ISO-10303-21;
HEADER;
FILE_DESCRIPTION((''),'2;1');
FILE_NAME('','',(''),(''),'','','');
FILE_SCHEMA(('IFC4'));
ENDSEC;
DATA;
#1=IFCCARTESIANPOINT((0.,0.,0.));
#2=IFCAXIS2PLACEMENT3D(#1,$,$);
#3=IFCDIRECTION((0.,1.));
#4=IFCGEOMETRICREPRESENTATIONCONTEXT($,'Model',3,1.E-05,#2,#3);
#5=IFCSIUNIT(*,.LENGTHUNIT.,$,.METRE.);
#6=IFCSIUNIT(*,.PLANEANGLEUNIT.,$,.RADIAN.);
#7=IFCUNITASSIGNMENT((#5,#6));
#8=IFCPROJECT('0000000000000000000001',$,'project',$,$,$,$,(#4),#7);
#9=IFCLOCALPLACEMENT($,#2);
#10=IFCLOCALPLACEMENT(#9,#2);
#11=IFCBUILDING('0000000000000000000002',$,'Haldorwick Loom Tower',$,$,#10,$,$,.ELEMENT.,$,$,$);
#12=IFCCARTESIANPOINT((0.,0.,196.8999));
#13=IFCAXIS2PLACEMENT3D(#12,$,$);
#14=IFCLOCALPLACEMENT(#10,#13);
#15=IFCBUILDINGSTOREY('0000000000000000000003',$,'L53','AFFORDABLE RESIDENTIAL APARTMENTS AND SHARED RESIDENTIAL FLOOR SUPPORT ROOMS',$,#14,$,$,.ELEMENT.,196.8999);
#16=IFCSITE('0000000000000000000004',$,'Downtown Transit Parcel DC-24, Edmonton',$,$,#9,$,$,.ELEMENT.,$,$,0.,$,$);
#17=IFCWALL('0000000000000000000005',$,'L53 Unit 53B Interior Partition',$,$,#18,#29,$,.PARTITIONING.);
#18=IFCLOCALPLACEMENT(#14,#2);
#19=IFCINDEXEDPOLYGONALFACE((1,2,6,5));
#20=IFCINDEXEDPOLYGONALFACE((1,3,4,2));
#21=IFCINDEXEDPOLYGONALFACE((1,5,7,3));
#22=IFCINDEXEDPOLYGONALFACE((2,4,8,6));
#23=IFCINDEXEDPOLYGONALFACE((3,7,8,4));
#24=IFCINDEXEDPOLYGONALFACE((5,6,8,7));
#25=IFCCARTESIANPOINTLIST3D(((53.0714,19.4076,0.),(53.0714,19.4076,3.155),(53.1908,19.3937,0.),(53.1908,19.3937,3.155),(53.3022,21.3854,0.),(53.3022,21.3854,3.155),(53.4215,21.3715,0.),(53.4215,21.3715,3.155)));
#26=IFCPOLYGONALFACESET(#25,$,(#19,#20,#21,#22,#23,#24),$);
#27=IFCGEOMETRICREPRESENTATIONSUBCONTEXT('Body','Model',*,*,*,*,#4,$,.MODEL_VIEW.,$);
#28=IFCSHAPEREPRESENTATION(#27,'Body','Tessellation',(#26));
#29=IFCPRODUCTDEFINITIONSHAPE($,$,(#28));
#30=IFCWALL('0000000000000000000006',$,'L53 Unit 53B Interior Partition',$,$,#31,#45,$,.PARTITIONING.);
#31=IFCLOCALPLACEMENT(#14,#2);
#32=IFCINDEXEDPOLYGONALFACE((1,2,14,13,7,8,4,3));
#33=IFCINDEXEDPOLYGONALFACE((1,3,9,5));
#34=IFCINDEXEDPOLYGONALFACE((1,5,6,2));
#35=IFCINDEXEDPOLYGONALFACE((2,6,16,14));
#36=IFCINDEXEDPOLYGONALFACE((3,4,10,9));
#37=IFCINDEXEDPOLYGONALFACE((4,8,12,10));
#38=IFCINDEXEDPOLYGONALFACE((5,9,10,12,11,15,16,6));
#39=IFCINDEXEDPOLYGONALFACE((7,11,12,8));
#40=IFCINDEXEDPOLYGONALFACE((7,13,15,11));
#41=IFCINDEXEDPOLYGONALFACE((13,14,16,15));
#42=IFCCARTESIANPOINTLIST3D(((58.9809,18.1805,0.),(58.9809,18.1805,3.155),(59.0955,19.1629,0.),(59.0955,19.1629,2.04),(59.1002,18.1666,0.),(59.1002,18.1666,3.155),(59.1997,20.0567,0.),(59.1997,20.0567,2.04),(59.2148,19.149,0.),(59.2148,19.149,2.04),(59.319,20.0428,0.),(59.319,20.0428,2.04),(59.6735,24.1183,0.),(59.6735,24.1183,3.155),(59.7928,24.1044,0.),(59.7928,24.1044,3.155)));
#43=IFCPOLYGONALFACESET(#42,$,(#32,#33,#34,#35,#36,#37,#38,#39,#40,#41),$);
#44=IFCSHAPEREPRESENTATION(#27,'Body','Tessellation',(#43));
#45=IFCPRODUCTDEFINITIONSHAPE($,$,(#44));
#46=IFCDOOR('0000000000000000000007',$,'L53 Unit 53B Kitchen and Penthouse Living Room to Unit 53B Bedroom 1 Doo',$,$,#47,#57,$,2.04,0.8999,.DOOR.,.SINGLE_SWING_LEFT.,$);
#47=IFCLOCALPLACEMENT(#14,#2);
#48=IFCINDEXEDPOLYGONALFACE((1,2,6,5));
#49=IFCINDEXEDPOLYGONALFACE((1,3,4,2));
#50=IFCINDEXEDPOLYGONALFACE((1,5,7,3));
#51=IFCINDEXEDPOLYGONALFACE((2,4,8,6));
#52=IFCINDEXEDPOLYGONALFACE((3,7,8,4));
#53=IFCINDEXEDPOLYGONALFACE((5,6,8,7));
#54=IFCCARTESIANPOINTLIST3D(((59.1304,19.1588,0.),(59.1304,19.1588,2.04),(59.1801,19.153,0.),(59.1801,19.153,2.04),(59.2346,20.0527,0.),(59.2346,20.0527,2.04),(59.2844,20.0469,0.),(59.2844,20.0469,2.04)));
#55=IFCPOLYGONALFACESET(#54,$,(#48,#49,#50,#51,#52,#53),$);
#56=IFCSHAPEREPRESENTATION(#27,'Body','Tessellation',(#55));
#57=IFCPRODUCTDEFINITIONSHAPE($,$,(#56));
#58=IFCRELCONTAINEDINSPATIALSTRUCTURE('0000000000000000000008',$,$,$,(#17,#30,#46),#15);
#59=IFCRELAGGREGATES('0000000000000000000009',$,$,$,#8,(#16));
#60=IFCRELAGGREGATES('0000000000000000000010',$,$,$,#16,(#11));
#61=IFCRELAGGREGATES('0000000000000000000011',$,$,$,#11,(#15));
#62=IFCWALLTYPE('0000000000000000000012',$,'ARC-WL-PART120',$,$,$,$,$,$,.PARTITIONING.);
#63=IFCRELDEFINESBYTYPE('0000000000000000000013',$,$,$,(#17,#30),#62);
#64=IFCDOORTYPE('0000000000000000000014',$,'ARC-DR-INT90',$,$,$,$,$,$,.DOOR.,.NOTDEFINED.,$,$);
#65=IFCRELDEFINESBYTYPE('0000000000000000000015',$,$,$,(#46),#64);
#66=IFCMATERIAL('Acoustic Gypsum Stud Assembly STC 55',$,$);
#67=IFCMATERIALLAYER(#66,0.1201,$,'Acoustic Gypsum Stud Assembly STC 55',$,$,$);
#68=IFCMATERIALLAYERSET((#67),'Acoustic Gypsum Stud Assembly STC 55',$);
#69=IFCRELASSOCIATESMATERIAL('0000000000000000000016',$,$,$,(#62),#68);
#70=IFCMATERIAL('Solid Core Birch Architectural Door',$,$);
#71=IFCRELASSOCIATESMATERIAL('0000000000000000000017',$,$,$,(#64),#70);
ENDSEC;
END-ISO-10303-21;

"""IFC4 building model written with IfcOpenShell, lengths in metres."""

from ifc_helpers import new_model, si_unit, direction, frame, frame_2d, origin, place, context, subcontext, project, spatial, rectangle, extrude, material, layer, layer_set, type_object, element, fill, save


model = new_model("IFC4")

# Units and contexts
model_context = context("Model", 3, precision=1e-05, world=origin(), true_north=direction((0.0, 1.0)))
body_context = subcontext(model_context, "Body", "Model", "MODEL_VIEW")
ifc_project = project(units=[si_unit("LENGTHUNIT", "METRE"), si_unit("PLANEANGLEUNIT", "RADIAN")], contexts=[model_context])

# Site, building, storey
site_placement = place(None, origin())
site = spatial("IfcSite", under=ifc_project, at=site_placement, Name="Downtown Transit Parcel DC-24, Edmonton", CompositionType="ELEMENT", RefElevation=0.0)
building_placement = place(site_placement, origin())
building = spatial("IfcBuilding", under=site, at=building_placement, Name="Haldorwick Loom Tower", CompositionType="ELEMENT")
storey_placement = place(building_placement, frame((0.0, 0.0, 196.8999)))
storey = spatial("IfcBuildingStorey", under=building, at=storey_placement, Name="L53", Description="AFFORDABLE RESIDENTIAL APARTMENTS AND SHARED RESIDENTIAL FLOOR SUPPORT ROOMS", CompositionType="ELEMENT", Elevation=196.8999)

# Wall
ifc_material_1 = material(Name="Acoustic Gypsum Stud Assembly STC 55")
ifc_layer_1 = layer(ifc_material_1, 0.1201, Name="Acoustic Gypsum Stud Assembly STC 55")
ifc_layer_set_1 = layer_set([ifc_layer_1], Name="Acoustic Gypsum Stud Assembly STC 55")
wall_type_1 = type_object("IfcWallType", Name="ARC-WL-PART120", PredefinedType="PARTITIONING", material=ifc_layer_set_1)
wall_1_placement = place(storey_placement, frame((53.1311, 19.4006, 0.0), z_axis=(0.0, 0.0, 1.0), x_axis=(0.115867, 0.993265, 0.0)))
element("IfcWall", 1, at=wall_1_placement, inside=storey, type_object=wall_type_1, Name="L53 Unit 53B Interior Partition", PredefinedType="PARTITIONING", context=body_context, shape_type="SweptSolid", body=[
    extrude(rectangle(XDim=1.9912, YDim=0.1201, at=frame_2d((0.9956, 0.0))), origin(), (0.0, 0.0, 1.0), 3.155),
])

# Wall, opening, door
wall_2_placement = place(storey_placement, frame((59.0405, 18.1736, 0.0), z_axis=(0.0, 0.0, 1.0), x_axis=(0.115863, 0.993265, 0.0)))
wall_2 = element("IfcWall", 2, at=wall_2_placement, inside=storey, type_object=wall_type_1, Name="L53 Unit 53B Interior Partition", PredefinedType="PARTITIONING", context=body_context, shape_type="SweptSolid", body=[
    extrude(rectangle(XDim=5.978, YDim=0.1201, at=frame_2d((2.989, 0.0))), origin(), (0.0, 0.0, 1.0), 3.155),
])
opening_1_placement = place(wall_2_placement, frame((0.989, 0.0, 0.0)))
opening_1 = element("IfcOpeningElement", 3, at=opening_1_placement, cuts=wall_2, PredefinedType="OPENING", context=body_context, shape_type="SweptSolid", body=[
    extrude(rectangle(XDim=0.8999, YDim=2.04, at=frame_2d((0.45, 1.02))), frame((0.0, 0.0701, 0.0), z_axis=(0.0, -1.0, 0.0), x_axis=(1.0, 0.0, 0.0)), (0.0, 0.0, 1.0), 0.1401),
])
ifc_material_2 = material(Name="Solid Core Birch Architectural Door")
door_type_1 = type_object("IfcDoorType", Name="ARC-DR-INT90", OperationType="NOTDEFINED", PredefinedType="DOOR", material=ifc_material_2)
door_1_placement = place(opening_1_placement, origin())
door_1 = element("IfcDoor", 4, at=door_1_placement, inside=storey, type_object=door_type_1, Name="L53 Unit 53B Kitchen and Penthouse Living Room to Unit 53B Bedroom 1 Doo", OperationType="SINGLE_SWING_LEFT", OverallHeight=2.04, OverallWidth=0.8999, PredefinedType="DOOR", context=body_context, shape_type="SweptSolid", body=[
    extrude(rectangle(XDim=0.8999, YDim=2.04, at=frame_2d((0.45, 1.02))), frame((0.0, 0.0249, 0.0), z_axis=(0.0, -1.0, 0.0), x_axis=(1.0, 0.0, 0.0)), (0.0, 0.0, 1.0), 0.05),
])
fill(opening_1, door_1)

save(model, "model.ifc")
